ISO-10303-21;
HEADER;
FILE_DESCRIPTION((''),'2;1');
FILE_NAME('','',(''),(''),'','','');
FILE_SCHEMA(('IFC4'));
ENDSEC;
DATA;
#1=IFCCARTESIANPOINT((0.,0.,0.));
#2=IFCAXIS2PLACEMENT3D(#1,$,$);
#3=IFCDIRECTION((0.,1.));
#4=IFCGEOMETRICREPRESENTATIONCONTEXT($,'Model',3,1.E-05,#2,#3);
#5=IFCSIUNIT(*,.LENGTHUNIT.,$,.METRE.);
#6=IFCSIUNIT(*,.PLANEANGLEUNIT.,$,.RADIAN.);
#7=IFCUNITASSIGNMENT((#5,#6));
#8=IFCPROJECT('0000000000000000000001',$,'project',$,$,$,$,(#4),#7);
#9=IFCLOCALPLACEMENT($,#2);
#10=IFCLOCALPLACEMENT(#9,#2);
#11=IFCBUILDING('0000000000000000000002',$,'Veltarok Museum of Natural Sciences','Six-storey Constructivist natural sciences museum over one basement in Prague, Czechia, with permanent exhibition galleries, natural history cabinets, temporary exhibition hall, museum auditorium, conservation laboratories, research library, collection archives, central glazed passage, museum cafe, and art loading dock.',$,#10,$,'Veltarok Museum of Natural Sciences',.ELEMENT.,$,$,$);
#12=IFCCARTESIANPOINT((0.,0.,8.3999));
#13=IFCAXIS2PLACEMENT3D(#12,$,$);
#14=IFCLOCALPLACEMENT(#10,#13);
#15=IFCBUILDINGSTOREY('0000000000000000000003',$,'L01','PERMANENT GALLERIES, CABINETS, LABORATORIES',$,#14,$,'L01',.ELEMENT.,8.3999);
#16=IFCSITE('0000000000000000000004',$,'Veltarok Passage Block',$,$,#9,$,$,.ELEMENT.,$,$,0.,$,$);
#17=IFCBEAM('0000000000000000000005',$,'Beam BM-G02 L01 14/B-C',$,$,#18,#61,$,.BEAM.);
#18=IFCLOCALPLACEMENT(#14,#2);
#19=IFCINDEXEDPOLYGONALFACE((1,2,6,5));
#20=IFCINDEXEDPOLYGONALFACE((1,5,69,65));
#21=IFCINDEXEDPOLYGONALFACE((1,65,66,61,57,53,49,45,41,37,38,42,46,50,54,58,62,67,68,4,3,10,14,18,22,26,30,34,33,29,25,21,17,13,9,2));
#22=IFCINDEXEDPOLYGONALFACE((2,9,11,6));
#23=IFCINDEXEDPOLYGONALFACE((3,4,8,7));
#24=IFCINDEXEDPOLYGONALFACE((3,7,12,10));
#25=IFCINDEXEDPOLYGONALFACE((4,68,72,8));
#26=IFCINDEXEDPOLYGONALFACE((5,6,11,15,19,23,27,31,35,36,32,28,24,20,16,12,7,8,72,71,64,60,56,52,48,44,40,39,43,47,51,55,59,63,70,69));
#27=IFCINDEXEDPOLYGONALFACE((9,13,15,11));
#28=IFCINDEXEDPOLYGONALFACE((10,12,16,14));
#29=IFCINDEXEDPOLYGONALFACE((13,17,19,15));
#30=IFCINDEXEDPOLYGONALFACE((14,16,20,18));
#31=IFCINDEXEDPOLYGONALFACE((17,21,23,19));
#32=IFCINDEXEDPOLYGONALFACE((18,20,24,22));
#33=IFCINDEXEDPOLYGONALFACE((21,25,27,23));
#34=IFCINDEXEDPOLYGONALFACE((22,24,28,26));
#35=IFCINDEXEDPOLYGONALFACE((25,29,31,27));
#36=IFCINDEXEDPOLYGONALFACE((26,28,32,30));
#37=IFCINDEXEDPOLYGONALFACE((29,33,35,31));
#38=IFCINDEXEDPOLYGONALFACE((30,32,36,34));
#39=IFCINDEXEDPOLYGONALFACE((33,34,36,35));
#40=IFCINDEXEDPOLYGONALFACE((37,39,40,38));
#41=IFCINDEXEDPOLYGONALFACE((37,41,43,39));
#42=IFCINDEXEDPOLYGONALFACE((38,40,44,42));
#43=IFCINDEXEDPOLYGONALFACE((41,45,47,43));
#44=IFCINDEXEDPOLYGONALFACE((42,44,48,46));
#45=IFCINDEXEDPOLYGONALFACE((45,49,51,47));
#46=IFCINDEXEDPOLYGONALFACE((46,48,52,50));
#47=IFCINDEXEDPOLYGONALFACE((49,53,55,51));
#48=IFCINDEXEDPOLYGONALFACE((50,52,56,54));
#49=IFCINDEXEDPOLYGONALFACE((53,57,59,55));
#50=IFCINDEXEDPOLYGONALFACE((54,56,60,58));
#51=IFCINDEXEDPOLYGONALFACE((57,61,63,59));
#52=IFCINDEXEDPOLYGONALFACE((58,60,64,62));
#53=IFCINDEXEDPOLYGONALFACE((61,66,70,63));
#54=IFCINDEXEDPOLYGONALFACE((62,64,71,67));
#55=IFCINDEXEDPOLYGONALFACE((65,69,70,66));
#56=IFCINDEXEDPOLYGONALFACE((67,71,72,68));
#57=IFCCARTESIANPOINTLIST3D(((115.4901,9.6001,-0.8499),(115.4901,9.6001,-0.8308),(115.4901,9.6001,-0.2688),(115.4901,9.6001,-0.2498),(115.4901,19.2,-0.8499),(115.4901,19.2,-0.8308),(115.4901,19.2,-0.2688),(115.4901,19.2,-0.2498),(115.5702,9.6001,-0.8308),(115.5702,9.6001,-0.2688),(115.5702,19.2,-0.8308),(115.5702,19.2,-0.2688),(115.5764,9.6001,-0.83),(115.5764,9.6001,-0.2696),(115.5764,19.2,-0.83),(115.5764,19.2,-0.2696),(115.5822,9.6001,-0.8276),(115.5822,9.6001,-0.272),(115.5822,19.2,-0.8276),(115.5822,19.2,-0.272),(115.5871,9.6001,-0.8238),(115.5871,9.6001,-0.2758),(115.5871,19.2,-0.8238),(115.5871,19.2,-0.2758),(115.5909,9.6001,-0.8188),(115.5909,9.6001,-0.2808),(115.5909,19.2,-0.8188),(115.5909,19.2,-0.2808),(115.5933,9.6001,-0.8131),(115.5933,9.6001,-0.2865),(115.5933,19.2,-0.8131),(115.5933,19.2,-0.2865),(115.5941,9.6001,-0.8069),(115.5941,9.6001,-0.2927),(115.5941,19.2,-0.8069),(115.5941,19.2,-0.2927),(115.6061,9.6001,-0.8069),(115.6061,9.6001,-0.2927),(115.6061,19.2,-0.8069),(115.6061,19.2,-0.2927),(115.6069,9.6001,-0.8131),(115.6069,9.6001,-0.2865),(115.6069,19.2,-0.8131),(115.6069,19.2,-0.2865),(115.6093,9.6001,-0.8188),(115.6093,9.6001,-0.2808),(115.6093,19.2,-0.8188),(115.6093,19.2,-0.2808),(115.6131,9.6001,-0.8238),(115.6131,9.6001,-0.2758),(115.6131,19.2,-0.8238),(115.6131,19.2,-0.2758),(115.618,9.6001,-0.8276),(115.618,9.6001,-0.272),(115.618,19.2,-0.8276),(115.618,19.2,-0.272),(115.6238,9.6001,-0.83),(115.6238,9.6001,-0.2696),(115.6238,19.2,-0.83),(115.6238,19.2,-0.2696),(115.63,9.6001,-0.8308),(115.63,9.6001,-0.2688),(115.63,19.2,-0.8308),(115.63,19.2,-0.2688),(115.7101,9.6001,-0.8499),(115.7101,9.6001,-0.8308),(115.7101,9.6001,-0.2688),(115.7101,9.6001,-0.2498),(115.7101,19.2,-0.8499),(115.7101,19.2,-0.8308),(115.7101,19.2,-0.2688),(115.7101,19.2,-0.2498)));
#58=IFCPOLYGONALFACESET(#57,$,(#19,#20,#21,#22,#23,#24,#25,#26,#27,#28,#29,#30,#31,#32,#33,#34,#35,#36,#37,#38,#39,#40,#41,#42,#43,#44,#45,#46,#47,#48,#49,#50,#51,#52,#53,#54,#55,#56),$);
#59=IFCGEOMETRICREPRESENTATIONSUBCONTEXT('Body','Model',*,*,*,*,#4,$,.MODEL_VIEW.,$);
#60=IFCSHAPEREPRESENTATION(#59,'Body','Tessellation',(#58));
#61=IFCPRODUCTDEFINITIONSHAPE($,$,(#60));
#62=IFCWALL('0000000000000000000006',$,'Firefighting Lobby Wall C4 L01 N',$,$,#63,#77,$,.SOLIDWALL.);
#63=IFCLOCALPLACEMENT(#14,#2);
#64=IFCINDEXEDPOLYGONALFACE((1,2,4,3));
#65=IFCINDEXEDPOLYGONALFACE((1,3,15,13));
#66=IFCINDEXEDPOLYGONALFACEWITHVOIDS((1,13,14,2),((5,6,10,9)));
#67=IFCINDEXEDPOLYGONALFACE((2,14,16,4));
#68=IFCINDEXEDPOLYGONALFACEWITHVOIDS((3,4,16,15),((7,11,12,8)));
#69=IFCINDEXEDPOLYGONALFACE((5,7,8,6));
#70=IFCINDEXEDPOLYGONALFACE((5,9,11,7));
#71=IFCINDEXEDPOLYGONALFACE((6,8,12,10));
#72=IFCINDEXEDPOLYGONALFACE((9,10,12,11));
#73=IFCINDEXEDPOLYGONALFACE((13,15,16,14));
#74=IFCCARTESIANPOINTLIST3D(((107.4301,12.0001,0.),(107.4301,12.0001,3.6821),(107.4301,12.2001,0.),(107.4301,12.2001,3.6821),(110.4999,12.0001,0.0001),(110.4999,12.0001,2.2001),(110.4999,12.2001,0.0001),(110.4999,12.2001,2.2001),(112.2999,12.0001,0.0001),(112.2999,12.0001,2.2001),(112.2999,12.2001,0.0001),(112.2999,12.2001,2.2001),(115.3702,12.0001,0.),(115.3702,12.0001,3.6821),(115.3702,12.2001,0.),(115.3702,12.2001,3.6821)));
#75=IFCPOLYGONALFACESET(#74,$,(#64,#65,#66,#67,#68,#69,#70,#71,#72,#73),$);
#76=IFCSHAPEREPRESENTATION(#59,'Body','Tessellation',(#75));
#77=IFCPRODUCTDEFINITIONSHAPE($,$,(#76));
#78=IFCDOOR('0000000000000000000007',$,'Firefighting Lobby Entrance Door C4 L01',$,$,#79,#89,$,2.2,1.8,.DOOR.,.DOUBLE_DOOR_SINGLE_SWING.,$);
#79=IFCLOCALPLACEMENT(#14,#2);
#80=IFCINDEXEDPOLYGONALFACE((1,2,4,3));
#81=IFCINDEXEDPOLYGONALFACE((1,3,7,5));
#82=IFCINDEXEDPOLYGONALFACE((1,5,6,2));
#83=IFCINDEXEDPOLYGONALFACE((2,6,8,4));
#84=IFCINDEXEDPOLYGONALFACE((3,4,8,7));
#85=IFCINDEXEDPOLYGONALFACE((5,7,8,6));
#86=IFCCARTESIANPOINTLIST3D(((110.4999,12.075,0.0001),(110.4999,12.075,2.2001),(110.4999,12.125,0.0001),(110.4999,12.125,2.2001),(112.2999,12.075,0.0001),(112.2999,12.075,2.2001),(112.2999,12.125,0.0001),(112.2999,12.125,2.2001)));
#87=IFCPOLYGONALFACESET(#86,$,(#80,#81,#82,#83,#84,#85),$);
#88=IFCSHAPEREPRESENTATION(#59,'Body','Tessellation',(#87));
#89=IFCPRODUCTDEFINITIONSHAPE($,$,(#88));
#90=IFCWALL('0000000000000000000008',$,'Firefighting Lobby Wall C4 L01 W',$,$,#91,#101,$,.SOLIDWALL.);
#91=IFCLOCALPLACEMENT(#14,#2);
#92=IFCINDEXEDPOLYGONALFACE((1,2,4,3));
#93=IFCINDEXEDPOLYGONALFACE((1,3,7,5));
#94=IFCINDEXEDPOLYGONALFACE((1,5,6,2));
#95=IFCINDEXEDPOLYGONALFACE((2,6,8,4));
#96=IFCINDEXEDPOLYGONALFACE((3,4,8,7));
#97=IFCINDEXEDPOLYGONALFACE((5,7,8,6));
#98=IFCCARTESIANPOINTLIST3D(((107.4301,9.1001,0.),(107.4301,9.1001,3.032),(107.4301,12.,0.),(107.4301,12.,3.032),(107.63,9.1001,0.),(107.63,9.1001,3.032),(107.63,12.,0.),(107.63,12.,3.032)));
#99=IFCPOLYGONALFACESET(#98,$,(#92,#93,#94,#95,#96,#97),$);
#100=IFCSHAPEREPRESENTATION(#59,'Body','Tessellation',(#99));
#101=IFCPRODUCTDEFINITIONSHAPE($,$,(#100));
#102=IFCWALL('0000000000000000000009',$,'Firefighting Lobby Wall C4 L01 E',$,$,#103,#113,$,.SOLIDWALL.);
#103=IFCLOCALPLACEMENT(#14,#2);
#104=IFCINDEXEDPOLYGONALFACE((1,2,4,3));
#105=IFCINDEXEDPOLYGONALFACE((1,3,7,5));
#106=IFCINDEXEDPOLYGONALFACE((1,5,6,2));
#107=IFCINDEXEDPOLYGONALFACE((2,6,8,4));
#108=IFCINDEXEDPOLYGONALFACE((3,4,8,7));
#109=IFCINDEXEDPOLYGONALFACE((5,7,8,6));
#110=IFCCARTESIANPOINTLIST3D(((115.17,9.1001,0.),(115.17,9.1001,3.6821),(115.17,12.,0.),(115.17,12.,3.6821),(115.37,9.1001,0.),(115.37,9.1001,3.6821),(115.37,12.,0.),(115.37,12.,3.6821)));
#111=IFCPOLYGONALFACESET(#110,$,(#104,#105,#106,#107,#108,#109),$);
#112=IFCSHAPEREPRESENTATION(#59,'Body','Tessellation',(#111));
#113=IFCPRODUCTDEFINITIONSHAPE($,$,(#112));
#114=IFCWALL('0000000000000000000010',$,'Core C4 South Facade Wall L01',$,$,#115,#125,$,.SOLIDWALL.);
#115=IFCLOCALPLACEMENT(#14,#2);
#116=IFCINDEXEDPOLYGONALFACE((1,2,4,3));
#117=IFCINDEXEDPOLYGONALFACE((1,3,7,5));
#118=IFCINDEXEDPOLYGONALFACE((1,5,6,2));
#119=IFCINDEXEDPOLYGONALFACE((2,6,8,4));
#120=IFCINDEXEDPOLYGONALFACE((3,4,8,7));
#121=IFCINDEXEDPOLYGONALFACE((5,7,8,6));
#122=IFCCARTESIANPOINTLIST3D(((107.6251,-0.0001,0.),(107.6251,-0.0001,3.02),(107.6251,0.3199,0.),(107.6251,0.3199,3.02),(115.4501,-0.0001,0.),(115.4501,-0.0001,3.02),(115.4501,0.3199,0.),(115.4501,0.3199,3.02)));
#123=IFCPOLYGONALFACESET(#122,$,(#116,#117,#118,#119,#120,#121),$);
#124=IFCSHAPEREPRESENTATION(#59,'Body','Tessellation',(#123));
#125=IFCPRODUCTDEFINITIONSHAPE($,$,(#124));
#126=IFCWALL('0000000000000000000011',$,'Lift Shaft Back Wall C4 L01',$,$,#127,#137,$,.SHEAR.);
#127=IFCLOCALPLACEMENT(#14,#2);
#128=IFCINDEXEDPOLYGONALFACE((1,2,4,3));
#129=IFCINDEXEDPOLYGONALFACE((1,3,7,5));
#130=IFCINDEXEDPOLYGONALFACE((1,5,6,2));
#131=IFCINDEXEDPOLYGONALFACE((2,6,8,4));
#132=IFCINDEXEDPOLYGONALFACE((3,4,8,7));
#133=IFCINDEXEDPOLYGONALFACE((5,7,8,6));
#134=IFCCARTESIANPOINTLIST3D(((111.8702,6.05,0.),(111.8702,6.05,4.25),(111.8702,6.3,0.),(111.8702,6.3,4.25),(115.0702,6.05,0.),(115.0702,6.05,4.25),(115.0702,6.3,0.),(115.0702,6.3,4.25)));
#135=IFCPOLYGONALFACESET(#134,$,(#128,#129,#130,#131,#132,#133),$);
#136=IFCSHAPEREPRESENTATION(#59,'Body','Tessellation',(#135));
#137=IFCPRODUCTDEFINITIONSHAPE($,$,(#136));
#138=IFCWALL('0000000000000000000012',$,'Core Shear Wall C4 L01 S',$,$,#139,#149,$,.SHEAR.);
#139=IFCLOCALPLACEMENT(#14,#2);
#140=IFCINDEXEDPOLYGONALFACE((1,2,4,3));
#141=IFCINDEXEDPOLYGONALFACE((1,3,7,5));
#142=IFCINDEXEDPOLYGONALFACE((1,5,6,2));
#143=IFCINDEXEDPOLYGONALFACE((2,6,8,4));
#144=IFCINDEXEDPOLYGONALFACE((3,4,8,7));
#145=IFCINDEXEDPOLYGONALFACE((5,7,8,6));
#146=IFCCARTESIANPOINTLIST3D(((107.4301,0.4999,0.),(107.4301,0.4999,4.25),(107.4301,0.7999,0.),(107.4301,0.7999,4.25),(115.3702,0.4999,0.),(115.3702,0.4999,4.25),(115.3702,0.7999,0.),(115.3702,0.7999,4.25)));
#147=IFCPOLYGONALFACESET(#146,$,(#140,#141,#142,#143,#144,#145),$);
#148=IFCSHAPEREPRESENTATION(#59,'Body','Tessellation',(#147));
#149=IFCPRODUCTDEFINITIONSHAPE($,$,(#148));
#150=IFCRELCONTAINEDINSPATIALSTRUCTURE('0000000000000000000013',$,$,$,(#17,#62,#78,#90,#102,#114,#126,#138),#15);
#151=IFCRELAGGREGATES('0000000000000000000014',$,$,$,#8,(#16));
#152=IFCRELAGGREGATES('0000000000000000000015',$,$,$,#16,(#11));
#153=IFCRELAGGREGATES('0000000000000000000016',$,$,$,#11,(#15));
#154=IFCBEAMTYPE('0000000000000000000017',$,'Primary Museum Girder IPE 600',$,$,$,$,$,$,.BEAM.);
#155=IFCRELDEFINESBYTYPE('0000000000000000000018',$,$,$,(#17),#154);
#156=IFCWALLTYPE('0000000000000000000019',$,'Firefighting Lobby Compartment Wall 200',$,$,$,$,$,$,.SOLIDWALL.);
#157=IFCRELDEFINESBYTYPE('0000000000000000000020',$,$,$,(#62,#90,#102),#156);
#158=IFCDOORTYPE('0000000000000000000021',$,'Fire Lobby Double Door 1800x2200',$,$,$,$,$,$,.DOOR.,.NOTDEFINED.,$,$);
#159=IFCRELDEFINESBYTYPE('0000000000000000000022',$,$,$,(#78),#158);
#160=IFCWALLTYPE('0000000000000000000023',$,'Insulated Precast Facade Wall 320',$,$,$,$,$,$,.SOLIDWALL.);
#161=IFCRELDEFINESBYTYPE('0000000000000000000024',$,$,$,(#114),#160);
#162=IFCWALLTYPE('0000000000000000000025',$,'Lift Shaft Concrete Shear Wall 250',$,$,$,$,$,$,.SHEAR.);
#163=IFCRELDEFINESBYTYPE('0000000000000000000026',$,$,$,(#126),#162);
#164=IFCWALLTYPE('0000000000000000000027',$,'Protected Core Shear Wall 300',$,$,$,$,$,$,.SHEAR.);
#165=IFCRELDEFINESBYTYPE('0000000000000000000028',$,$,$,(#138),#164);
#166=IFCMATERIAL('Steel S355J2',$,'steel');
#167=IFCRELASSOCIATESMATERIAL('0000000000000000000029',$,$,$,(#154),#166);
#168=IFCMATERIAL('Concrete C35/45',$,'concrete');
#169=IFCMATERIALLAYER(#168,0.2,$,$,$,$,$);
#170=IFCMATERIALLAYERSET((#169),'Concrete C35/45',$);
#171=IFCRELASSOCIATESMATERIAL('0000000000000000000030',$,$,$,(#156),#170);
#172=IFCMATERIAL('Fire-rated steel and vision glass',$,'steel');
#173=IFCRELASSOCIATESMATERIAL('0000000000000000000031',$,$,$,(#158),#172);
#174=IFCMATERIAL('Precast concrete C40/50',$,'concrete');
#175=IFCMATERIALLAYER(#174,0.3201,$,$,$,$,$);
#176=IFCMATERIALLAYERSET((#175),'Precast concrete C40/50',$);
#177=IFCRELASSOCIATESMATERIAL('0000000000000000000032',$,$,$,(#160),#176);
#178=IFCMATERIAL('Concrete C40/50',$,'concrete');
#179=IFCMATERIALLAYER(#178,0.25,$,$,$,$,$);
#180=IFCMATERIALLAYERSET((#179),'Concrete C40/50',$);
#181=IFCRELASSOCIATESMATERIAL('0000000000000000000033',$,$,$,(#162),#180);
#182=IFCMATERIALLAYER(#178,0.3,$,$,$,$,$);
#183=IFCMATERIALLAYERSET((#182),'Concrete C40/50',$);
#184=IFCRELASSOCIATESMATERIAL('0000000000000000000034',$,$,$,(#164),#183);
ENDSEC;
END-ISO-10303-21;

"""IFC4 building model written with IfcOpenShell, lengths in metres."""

from ifc_helpers import new_model, si_unit, direction, frame, frame_2d, origin, origin_2d, place, context, subcontext, project, spatial, rectangle, i_section, extrude, material, layer, layer_set, material_profile, profile_set, type_object, element, fill, save


model = new_model("IFC4")

# Units and contexts
model_context = context("Model", 3, precision=1e-05, world=origin(), true_north=direction((0.0, 1.0)))
body_context = subcontext(model_context, "Body", "Model", "MODEL_VIEW")
ifc_project = project(units=[si_unit("LENGTHUNIT", "METRE"), si_unit("PLANEANGLEUNIT", "RADIAN")], contexts=[model_context])

# Site, building, storey
site_placement = place(None, origin())
site = spatial("IfcSite", under=ifc_project, at=site_placement, Name="Veltarok Passage Block", CompositionType="ELEMENT", RefElevation=0.0)
building_placement = place(site_placement, origin())
building = spatial("IfcBuilding", under=site, at=building_placement, Name="Veltarok Museum of Natural Sciences", Description="Six-storey Constructivist natural sciences museum over one basement in Prague, Czechia, with permanent exhibition galleries, natural history cabinets, temporary exhibition hall, museum auditorium, conservation laboratories, research library, collection archives, central glazed passage, museum cafe, and art loading dock.", LongName="Veltarok Museum of Natural Sciences", CompositionType="ELEMENT")
storey_placement = place(building_placement, frame((0.0, 0.0, 8.3999)))
storey = spatial("IfcBuildingStorey", under=building, at=storey_placement, Name="L01", Description="PERMANENT GALLERIES, CABINETS, LABORATORIES", LongName="L01", CompositionType="ELEMENT", Elevation=8.3999)

# Shared definitions
ifc_material_1 = material(Name="Concrete C40/50", Category="concrete")
ifc_material_2 = material(Name="Steel S355J2", Category="steel")

# Beam
ifc_material_3 = material(Name="Precast concrete C40/50", Category="concrete")
ifc_material_profile_1 = material_profile(ifc_material_2, i_section(OverallWidth=0.22, OverallDepth=0.6001, WebThickness=0.012, FlangeThickness=0.019, FilletRadius=0.0239, at=origin_2d()), Name="IPE 600")
ifc_profile_set_1 = profile_set([ifc_material_profile_1], Name="Steel S355J2")
beam_type_1 = type_object("IfcBeamType", Name="Primary Museum Girder IPE 600", PredefinedType="BEAM", material=ifc_profile_set_1)
beam_1_placement = place(storey_placement, frame((115.6001, 9.6001, -0.5498), z_axis=(0.0, 1.0, 0.0), x_axis=(-1.0, 0.0, 0.0)))
element("IfcBeam", 1, at=beam_1_placement, inside=storey, type_object=beam_type_1, Name="Beam BM-G02 L01 14/B-C", PredefinedType="BEAM", context=body_context, shape_type="SweptSolid", body=[
    extrude(i_section(OverallWidth=0.22, OverallDepth=0.6001, WebThickness=0.012, FlangeThickness=0.019, FilletRadius=0.0239, at=origin_2d()), origin(), (0.0, 0.0, 1.0), 9.5999),
])

# Wall, opening, door
ifc_material_4 = material(Name="Concrete C35/45", Category="concrete")
ifc_layer_1 = layer(ifc_material_4, 0.2)
ifc_layer_set_1 = layer_set([ifc_layer_1], Name="Concrete C35/45")
wall_type_1 = type_object("IfcWallType", Name="Firefighting Lobby Compartment Wall 200", PredefinedType="SOLIDWALL", material=ifc_layer_set_1)
wall_1_placement = place(storey_placement, frame((107.4299, 12.1001, 0.0), z_axis=(0.0, 0.0, 1.0), x_axis=(1.0, 0.0, 0.0)))
wall_1 = element("IfcWall", 2, at=wall_1_placement, inside=storey, type_object=wall_type_1, Name="Firefighting Lobby Wall C4 L01 N", PredefinedType="SOLIDWALL", context=body_context, shape_type="SweptSolid", body=[
    extrude(rectangle(XDim=7.9402, YDim=0.2, at=frame_2d((3.9702, 0.0))), origin(), (0.0, 0.0, 1.0), 3.6821),
])
opening_1_placement = place(wall_1_placement, frame((3.0701, 0.0, 0.0)))
opening_1 = element("IfcOpeningElement", 3, at=opening_1_placement, cuts=wall_1, PredefinedType="OPENING", context=body_context, shape_type="SweptSolid", body=[
    extrude(rectangle(XDim=1.8, YDim=2.2, at=frame_2d((0.8999, 1.1001))), frame((0.0, 0.1099, 0.0), z_axis=(0.0, -1.0, 0.0), x_axis=(1.0, 0.0, 0.0)), (0.0, 0.0, 1.0), 0.22),
])
ifc_material_5 = material(Name="Fire-rated steel and vision glass", Category="steel")
door_type_1 = type_object("IfcDoorType", Name="Fire Lobby Double Door 1800x2200", OperationType="NOTDEFINED", PredefinedType="DOOR", material=ifc_material_5)
door_1_placement = place(opening_1_placement, origin())
door_1 = element("IfcDoor", 4, at=door_1_placement, inside=storey, type_object=door_type_1, Name="Firefighting Lobby Entrance Door C4 L01", OperationType="DOUBLE_DOOR_SINGLE_SWING", OverallHeight=2.2, OverallWidth=1.8, PredefinedType="DOOR", context=body_context, shape_type="SweptSolid", body=[
    extrude(rectangle(XDim=1.8, YDim=2.2, at=frame_2d((0.8999, 1.1001))), frame((0.0, 0.0249, 0.0), z_axis=(0.0, -1.0, 0.0), x_axis=(1.0, 0.0, 0.0)), (0.0, 0.0, 1.0), 0.05),
])
fill(opening_1, door_1)

# Walls
wall_2_placement = place(storey_placement, frame((107.53, 9.1001, 0.0), z_axis=(0.0, 0.0, 1.0), x_axis=(0.0, 1.0, 0.0)))
element("IfcWall", 5, at=wall_2_placement, inside=storey, type_object=wall_type_1, Name="Firefighting Lobby Wall C4 L01 W", PredefinedType="SOLIDWALL", context=body_context, shape_type="SweptSolid", body=[
    extrude(rectangle(XDim=2.8999, YDim=0.2, at=frame_2d((1.45, 0.0))), origin(), (0.0, 0.0, 1.0), 3.032),
])
wall_3_placement = place(storey_placement, frame((115.27, 12.0, 0.0), z_axis=(0.0, 0.0, 1.0), x_axis=(0.0, -1.0, 0.0)))
element("IfcWall", 6, at=wall_3_placement, inside=storey, type_object=wall_type_1, Name="Firefighting Lobby Wall C4 L01 E", PredefinedType="SOLIDWALL", context=body_context, shape_type="SweptSolid", body=[
    extrude(rectangle(XDim=2.8999, YDim=0.2, at=frame_2d((1.45, 0.0))), origin(), (0.0, 0.0, 1.0), 3.6821),
])
ifc_layer_2 = layer(ifc_material_3, 0.3201)
ifc_layer_set_2 = layer_set([ifc_layer_2], Name="Precast concrete C40/50")
wall_type_2 = type_object("IfcWallType", Name="Insulated Precast Facade Wall 320", PredefinedType="SOLIDWALL", material=ifc_layer_set_2)
wall_4_placement = place(storey_placement, frame((107.625, 0.1599, 0.0), z_axis=(0.0, 0.0, 1.0), x_axis=(1.0, 0.0, 0.0)))
element("IfcWall", 7, at=wall_4_placement, inside=storey, type_object=wall_type_2, Name="Core C4 South Facade Wall L01", PredefinedType="SOLIDWALL", context=body_context, shape_type="SweptSolid", body=[
    extrude(rectangle(XDim=7.825, YDim=0.3201, at=frame_2d((3.9126, 0.0))), origin(), (0.0, 0.0, 1.0), 3.02),
])
ifc_layer_3 = layer(ifc_material_1, 0.25)
ifc_layer_set_3 = layer_set([ifc_layer_3], Name="Concrete C40/50")
wall_type_3 = type_object("IfcWallType", Name="Lift Shaft Concrete Shear Wall 250", PredefinedType="SHEAR", material=ifc_layer_set_3)
wall_5_placement = place(storey_placement, frame((111.8701, 6.175, 0.0), z_axis=(0.0, 0.0, 1.0), x_axis=(1.0, 0.0, 0.0)))
element("IfcWall", 8, at=wall_5_placement, inside=storey, type_object=wall_type_3, Name="Lift Shaft Back Wall C4 L01", PredefinedType="SHEAR", context=body_context, shape_type="SweptSolid", body=[
    extrude(rectangle(XDim=3.2, YDim=0.25, at=frame_2d((1.6001, 0.0))), origin(), (0.0, 0.0, 1.0), 4.25),
])
ifc_layer_4 = layer(ifc_material_1, 0.3)
ifc_layer_set_4 = layer_set([ifc_layer_4], Name="Concrete C40/50")
wall_type_4 = type_object("IfcWallType", Name="Protected Core Shear Wall 300", PredefinedType="SHEAR", material=ifc_layer_set_4)
wall_6_placement = place(storey_placement, frame((107.4299, 0.6499, 0.0), z_axis=(0.0, 0.0, 1.0), x_axis=(1.0, 0.0, 0.0)))
element("IfcWall", 9, at=wall_6_placement, inside=storey, type_object=wall_type_4, Name="Core Shear Wall C4 L01 S", PredefinedType="SHEAR", context=body_context, shape_type="SweptSolid", body=[
    extrude(rectangle(XDim=7.9402, YDim=0.3, at=frame_2d((3.9702, 0.0))), origin(), (0.0, 0.0, 1.0), 4.25),
])

save(model, "model.ifc")
